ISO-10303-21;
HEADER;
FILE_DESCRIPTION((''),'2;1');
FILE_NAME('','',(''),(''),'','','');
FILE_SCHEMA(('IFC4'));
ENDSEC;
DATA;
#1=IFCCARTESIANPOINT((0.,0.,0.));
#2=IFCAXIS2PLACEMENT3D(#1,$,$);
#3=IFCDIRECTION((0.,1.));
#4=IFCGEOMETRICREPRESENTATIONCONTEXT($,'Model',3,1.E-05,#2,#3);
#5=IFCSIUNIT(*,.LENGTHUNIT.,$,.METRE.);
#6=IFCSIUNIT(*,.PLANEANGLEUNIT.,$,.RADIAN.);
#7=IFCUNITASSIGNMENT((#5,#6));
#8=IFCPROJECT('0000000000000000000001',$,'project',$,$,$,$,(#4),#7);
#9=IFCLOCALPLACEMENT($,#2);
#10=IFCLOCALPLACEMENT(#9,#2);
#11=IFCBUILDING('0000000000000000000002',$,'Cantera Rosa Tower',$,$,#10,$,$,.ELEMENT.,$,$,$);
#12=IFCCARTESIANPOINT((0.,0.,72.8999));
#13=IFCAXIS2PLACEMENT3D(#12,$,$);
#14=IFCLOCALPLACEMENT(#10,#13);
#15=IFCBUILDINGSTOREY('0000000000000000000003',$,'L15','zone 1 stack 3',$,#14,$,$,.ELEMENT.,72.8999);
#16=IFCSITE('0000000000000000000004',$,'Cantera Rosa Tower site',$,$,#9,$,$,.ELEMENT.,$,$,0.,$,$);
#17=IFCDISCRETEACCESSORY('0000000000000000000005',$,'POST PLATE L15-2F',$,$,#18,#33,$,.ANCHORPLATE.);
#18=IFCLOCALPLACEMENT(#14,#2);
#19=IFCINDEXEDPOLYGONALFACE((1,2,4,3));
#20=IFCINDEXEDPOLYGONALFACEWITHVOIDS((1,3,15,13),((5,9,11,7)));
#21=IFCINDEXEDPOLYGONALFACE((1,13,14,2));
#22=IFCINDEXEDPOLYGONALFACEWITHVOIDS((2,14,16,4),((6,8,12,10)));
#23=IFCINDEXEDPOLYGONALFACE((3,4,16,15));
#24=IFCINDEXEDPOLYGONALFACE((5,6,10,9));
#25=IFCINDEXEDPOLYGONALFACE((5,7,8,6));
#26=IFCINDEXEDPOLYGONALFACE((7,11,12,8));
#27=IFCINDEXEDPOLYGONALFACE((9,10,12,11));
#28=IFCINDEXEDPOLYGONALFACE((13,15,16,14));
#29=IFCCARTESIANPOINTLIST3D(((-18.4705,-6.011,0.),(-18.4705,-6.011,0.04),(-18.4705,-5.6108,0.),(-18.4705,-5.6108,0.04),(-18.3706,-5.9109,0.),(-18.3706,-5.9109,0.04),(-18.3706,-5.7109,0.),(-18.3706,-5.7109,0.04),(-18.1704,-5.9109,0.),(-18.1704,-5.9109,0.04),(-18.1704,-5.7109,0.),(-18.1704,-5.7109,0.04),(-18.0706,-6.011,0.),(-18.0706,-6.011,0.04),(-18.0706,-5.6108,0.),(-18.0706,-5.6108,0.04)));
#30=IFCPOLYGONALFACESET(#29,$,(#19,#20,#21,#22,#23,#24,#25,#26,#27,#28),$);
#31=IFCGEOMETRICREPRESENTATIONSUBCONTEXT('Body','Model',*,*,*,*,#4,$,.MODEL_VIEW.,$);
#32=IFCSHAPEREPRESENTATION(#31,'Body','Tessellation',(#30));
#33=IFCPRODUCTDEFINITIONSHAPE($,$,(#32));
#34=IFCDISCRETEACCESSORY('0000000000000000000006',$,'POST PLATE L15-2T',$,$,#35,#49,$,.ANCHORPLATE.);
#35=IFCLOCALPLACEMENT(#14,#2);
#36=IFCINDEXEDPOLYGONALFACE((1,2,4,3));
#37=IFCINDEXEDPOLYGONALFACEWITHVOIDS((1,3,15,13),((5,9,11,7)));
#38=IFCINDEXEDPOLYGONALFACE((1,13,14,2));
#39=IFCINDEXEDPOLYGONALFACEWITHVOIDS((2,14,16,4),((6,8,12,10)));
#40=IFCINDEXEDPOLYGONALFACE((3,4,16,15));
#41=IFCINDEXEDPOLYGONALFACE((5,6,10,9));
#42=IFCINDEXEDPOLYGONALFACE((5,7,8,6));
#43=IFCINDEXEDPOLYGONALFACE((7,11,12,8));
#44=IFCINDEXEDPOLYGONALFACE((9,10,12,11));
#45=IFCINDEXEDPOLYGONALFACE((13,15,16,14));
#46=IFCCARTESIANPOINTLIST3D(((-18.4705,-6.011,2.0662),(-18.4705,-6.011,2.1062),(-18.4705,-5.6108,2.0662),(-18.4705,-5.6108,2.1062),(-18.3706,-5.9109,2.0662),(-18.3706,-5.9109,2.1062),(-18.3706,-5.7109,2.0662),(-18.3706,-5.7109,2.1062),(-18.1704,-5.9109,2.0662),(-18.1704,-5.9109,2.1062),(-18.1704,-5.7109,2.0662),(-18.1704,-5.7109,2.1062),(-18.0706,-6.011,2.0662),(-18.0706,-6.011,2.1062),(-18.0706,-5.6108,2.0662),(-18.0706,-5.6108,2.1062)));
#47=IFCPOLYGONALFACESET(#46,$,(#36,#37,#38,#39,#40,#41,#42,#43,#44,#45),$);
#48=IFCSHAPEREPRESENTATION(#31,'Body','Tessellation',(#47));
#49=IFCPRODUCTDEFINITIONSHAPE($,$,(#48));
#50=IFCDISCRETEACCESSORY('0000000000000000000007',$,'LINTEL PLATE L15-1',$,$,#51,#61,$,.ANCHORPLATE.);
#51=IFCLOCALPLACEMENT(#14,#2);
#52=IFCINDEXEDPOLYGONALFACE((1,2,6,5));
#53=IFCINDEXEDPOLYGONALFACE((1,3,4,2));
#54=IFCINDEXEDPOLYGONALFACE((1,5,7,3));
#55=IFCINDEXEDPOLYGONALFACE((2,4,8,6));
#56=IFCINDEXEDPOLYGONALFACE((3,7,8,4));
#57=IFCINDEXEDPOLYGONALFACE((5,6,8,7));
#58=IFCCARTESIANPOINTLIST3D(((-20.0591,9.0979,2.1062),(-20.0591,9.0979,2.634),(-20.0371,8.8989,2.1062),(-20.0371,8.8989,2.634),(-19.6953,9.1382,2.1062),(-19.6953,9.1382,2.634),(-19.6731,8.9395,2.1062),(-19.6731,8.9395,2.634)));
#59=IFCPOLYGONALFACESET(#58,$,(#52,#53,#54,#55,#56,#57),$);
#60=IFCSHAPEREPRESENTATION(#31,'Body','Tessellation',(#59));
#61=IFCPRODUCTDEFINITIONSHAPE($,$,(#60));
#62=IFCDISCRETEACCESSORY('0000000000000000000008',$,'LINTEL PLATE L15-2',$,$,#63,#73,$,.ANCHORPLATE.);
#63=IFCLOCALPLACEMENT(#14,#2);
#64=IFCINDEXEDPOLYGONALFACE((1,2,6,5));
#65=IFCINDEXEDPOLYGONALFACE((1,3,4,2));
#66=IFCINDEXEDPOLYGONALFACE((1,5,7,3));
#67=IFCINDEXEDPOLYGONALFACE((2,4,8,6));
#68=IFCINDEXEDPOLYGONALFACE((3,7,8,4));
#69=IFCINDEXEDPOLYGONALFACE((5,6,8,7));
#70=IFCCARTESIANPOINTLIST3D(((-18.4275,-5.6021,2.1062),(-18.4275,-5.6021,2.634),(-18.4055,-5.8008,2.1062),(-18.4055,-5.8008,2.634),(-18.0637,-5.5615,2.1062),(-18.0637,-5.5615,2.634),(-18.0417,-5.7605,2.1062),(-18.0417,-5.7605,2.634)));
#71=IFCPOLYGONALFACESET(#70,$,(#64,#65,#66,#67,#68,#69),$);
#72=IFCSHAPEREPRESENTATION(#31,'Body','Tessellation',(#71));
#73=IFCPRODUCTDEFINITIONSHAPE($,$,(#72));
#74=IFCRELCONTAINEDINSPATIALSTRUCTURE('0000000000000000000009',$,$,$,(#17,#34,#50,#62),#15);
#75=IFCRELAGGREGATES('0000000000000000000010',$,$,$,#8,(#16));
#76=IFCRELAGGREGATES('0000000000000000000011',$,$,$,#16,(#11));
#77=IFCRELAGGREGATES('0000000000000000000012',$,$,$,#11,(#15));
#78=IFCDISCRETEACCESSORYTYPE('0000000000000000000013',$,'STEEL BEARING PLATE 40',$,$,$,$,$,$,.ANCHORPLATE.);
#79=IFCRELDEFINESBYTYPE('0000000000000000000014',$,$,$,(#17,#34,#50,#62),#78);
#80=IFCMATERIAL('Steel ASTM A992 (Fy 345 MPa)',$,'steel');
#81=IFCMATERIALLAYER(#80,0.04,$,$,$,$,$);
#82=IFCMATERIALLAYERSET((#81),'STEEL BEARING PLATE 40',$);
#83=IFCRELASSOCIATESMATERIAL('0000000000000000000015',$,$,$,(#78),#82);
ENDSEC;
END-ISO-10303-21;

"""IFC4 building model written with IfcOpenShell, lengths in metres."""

from ifc_helpers import new_model, si_unit, direction, frame, origin, place, context, subcontext, project, spatial, polyline, outline, extrude, material, layer, layer_set, type_object, element, save


model = new_model("IFC4")

# Units and contexts
model_context = context("Model", 3, precision=1e-05, world=origin(), true_north=direction((0.0, 1.0)))
body_context = subcontext(model_context, "Body", "Model", "MODEL_VIEW")
ifc_project = project(units=[si_unit("LENGTHUNIT", "METRE"), si_unit("PLANEANGLEUNIT", "RADIAN")], contexts=[model_context])

# Site, building, storey
site_placement = place(None, origin())
site = spatial("IfcSite", under=ifc_project, at=site_placement, Name="Cantera Rosa Tower site", CompositionType="ELEMENT", RefElevation=0.0)
building_placement = place(site_placement, origin())
building = spatial("IfcBuilding", under=site, at=building_placement, Name="Cantera Rosa Tower", CompositionType="ELEMENT")
storey_placement = place(building_placement, frame((0.0, 0.0, 72.8999)))
storey = spatial("IfcBuildingStorey", under=building, at=storey_placement, Name="L15", Description="zone 1 stack 3", CompositionType="ELEMENT", Elevation=72.8999)

# Discrete accessories
ifc_material_1 = material(Name="Steel ASTM A992 (Fy 345 MPa)", Category="steel")
ifc_layer_1 = layer(ifc_material_1, 0.04)
ifc_layer_set_1 = layer_set([ifc_layer_1], Name="STEEL BEARING PLATE 40")
discrete_accessory_type = type_object("IfcDiscreteAccessoryType", Name="STEEL BEARING PLATE 40", PredefinedType="ANCHORPLATE", material=ifc_layer_set_1)
for number, where, name in (
    (1, (0.0, 0.0, 0.0), "POST PLATE L15-2F"),
    (2, (0.0, 0.0, 2.0662), "POST PLATE L15-2T"),
):
    element("IfcDiscreteAccessory", number, at=place(storey_placement, frame(where)), inside=storey, type_object=discrete_accessory_type, Name=name, PredefinedType="ANCHORPLATE", context=body_context, shape_type="SweptSolid", body=[
        extrude(outline(polyline([(-18.4705, -6.011), (-18.0706, -6.011), (-18.0706, -5.6108), (-18.4705, -5.6108), (-18.4705, -6.011)]), holes=[polyline([(-18.3706, -5.9109), (-18.1704, -5.9109), (-18.1704, -5.7109), (-18.3706, -5.7109), (-18.3706, -5.9109)])]), origin(), (0.0, 0.0, 1.0), 0.04),
    ])
discrete_accessory_1_placement = place(storey_placement, frame((0.0, 0.0, 2.1062)))
element("IfcDiscreteAccessory", 3, at=discrete_accessory_1_placement, inside=storey, type_object=discrete_accessory_type, Name="LINTEL PLATE L15-1", PredefinedType="ANCHORPLATE", context=body_context, shape_type="SweptSolid", body=[
    extrude(outline(polyline([(-19.6731, 8.9395), (-19.6953, 9.1382), (-20.0591, 9.0979), (-20.0371, 8.8989), (-19.6731, 8.9395)])), origin(), (0.0, 0.0, 1.0), 0.5278),
])
discrete_accessory_2_placement = place(storey_placement, frame((0.0, 0.0, 2.1062)))
element("IfcDiscreteAccessory", 4, at=discrete_accessory_2_placement, inside=storey, type_object=discrete_accessory_type, Name="LINTEL PLATE L15-2", PredefinedType="ANCHORPLATE", context=body_context, shape_type="SweptSolid", body=[
    extrude(outline(polyline([(-18.4275, -5.6021), (-18.4055, -5.8008), (-18.0417, -5.7605), (-18.0637, -5.5615), (-18.4275, -5.6021)])), origin(), (0.0, 0.0, 1.0), 0.5278),
])

save(model, "model.ifc")
